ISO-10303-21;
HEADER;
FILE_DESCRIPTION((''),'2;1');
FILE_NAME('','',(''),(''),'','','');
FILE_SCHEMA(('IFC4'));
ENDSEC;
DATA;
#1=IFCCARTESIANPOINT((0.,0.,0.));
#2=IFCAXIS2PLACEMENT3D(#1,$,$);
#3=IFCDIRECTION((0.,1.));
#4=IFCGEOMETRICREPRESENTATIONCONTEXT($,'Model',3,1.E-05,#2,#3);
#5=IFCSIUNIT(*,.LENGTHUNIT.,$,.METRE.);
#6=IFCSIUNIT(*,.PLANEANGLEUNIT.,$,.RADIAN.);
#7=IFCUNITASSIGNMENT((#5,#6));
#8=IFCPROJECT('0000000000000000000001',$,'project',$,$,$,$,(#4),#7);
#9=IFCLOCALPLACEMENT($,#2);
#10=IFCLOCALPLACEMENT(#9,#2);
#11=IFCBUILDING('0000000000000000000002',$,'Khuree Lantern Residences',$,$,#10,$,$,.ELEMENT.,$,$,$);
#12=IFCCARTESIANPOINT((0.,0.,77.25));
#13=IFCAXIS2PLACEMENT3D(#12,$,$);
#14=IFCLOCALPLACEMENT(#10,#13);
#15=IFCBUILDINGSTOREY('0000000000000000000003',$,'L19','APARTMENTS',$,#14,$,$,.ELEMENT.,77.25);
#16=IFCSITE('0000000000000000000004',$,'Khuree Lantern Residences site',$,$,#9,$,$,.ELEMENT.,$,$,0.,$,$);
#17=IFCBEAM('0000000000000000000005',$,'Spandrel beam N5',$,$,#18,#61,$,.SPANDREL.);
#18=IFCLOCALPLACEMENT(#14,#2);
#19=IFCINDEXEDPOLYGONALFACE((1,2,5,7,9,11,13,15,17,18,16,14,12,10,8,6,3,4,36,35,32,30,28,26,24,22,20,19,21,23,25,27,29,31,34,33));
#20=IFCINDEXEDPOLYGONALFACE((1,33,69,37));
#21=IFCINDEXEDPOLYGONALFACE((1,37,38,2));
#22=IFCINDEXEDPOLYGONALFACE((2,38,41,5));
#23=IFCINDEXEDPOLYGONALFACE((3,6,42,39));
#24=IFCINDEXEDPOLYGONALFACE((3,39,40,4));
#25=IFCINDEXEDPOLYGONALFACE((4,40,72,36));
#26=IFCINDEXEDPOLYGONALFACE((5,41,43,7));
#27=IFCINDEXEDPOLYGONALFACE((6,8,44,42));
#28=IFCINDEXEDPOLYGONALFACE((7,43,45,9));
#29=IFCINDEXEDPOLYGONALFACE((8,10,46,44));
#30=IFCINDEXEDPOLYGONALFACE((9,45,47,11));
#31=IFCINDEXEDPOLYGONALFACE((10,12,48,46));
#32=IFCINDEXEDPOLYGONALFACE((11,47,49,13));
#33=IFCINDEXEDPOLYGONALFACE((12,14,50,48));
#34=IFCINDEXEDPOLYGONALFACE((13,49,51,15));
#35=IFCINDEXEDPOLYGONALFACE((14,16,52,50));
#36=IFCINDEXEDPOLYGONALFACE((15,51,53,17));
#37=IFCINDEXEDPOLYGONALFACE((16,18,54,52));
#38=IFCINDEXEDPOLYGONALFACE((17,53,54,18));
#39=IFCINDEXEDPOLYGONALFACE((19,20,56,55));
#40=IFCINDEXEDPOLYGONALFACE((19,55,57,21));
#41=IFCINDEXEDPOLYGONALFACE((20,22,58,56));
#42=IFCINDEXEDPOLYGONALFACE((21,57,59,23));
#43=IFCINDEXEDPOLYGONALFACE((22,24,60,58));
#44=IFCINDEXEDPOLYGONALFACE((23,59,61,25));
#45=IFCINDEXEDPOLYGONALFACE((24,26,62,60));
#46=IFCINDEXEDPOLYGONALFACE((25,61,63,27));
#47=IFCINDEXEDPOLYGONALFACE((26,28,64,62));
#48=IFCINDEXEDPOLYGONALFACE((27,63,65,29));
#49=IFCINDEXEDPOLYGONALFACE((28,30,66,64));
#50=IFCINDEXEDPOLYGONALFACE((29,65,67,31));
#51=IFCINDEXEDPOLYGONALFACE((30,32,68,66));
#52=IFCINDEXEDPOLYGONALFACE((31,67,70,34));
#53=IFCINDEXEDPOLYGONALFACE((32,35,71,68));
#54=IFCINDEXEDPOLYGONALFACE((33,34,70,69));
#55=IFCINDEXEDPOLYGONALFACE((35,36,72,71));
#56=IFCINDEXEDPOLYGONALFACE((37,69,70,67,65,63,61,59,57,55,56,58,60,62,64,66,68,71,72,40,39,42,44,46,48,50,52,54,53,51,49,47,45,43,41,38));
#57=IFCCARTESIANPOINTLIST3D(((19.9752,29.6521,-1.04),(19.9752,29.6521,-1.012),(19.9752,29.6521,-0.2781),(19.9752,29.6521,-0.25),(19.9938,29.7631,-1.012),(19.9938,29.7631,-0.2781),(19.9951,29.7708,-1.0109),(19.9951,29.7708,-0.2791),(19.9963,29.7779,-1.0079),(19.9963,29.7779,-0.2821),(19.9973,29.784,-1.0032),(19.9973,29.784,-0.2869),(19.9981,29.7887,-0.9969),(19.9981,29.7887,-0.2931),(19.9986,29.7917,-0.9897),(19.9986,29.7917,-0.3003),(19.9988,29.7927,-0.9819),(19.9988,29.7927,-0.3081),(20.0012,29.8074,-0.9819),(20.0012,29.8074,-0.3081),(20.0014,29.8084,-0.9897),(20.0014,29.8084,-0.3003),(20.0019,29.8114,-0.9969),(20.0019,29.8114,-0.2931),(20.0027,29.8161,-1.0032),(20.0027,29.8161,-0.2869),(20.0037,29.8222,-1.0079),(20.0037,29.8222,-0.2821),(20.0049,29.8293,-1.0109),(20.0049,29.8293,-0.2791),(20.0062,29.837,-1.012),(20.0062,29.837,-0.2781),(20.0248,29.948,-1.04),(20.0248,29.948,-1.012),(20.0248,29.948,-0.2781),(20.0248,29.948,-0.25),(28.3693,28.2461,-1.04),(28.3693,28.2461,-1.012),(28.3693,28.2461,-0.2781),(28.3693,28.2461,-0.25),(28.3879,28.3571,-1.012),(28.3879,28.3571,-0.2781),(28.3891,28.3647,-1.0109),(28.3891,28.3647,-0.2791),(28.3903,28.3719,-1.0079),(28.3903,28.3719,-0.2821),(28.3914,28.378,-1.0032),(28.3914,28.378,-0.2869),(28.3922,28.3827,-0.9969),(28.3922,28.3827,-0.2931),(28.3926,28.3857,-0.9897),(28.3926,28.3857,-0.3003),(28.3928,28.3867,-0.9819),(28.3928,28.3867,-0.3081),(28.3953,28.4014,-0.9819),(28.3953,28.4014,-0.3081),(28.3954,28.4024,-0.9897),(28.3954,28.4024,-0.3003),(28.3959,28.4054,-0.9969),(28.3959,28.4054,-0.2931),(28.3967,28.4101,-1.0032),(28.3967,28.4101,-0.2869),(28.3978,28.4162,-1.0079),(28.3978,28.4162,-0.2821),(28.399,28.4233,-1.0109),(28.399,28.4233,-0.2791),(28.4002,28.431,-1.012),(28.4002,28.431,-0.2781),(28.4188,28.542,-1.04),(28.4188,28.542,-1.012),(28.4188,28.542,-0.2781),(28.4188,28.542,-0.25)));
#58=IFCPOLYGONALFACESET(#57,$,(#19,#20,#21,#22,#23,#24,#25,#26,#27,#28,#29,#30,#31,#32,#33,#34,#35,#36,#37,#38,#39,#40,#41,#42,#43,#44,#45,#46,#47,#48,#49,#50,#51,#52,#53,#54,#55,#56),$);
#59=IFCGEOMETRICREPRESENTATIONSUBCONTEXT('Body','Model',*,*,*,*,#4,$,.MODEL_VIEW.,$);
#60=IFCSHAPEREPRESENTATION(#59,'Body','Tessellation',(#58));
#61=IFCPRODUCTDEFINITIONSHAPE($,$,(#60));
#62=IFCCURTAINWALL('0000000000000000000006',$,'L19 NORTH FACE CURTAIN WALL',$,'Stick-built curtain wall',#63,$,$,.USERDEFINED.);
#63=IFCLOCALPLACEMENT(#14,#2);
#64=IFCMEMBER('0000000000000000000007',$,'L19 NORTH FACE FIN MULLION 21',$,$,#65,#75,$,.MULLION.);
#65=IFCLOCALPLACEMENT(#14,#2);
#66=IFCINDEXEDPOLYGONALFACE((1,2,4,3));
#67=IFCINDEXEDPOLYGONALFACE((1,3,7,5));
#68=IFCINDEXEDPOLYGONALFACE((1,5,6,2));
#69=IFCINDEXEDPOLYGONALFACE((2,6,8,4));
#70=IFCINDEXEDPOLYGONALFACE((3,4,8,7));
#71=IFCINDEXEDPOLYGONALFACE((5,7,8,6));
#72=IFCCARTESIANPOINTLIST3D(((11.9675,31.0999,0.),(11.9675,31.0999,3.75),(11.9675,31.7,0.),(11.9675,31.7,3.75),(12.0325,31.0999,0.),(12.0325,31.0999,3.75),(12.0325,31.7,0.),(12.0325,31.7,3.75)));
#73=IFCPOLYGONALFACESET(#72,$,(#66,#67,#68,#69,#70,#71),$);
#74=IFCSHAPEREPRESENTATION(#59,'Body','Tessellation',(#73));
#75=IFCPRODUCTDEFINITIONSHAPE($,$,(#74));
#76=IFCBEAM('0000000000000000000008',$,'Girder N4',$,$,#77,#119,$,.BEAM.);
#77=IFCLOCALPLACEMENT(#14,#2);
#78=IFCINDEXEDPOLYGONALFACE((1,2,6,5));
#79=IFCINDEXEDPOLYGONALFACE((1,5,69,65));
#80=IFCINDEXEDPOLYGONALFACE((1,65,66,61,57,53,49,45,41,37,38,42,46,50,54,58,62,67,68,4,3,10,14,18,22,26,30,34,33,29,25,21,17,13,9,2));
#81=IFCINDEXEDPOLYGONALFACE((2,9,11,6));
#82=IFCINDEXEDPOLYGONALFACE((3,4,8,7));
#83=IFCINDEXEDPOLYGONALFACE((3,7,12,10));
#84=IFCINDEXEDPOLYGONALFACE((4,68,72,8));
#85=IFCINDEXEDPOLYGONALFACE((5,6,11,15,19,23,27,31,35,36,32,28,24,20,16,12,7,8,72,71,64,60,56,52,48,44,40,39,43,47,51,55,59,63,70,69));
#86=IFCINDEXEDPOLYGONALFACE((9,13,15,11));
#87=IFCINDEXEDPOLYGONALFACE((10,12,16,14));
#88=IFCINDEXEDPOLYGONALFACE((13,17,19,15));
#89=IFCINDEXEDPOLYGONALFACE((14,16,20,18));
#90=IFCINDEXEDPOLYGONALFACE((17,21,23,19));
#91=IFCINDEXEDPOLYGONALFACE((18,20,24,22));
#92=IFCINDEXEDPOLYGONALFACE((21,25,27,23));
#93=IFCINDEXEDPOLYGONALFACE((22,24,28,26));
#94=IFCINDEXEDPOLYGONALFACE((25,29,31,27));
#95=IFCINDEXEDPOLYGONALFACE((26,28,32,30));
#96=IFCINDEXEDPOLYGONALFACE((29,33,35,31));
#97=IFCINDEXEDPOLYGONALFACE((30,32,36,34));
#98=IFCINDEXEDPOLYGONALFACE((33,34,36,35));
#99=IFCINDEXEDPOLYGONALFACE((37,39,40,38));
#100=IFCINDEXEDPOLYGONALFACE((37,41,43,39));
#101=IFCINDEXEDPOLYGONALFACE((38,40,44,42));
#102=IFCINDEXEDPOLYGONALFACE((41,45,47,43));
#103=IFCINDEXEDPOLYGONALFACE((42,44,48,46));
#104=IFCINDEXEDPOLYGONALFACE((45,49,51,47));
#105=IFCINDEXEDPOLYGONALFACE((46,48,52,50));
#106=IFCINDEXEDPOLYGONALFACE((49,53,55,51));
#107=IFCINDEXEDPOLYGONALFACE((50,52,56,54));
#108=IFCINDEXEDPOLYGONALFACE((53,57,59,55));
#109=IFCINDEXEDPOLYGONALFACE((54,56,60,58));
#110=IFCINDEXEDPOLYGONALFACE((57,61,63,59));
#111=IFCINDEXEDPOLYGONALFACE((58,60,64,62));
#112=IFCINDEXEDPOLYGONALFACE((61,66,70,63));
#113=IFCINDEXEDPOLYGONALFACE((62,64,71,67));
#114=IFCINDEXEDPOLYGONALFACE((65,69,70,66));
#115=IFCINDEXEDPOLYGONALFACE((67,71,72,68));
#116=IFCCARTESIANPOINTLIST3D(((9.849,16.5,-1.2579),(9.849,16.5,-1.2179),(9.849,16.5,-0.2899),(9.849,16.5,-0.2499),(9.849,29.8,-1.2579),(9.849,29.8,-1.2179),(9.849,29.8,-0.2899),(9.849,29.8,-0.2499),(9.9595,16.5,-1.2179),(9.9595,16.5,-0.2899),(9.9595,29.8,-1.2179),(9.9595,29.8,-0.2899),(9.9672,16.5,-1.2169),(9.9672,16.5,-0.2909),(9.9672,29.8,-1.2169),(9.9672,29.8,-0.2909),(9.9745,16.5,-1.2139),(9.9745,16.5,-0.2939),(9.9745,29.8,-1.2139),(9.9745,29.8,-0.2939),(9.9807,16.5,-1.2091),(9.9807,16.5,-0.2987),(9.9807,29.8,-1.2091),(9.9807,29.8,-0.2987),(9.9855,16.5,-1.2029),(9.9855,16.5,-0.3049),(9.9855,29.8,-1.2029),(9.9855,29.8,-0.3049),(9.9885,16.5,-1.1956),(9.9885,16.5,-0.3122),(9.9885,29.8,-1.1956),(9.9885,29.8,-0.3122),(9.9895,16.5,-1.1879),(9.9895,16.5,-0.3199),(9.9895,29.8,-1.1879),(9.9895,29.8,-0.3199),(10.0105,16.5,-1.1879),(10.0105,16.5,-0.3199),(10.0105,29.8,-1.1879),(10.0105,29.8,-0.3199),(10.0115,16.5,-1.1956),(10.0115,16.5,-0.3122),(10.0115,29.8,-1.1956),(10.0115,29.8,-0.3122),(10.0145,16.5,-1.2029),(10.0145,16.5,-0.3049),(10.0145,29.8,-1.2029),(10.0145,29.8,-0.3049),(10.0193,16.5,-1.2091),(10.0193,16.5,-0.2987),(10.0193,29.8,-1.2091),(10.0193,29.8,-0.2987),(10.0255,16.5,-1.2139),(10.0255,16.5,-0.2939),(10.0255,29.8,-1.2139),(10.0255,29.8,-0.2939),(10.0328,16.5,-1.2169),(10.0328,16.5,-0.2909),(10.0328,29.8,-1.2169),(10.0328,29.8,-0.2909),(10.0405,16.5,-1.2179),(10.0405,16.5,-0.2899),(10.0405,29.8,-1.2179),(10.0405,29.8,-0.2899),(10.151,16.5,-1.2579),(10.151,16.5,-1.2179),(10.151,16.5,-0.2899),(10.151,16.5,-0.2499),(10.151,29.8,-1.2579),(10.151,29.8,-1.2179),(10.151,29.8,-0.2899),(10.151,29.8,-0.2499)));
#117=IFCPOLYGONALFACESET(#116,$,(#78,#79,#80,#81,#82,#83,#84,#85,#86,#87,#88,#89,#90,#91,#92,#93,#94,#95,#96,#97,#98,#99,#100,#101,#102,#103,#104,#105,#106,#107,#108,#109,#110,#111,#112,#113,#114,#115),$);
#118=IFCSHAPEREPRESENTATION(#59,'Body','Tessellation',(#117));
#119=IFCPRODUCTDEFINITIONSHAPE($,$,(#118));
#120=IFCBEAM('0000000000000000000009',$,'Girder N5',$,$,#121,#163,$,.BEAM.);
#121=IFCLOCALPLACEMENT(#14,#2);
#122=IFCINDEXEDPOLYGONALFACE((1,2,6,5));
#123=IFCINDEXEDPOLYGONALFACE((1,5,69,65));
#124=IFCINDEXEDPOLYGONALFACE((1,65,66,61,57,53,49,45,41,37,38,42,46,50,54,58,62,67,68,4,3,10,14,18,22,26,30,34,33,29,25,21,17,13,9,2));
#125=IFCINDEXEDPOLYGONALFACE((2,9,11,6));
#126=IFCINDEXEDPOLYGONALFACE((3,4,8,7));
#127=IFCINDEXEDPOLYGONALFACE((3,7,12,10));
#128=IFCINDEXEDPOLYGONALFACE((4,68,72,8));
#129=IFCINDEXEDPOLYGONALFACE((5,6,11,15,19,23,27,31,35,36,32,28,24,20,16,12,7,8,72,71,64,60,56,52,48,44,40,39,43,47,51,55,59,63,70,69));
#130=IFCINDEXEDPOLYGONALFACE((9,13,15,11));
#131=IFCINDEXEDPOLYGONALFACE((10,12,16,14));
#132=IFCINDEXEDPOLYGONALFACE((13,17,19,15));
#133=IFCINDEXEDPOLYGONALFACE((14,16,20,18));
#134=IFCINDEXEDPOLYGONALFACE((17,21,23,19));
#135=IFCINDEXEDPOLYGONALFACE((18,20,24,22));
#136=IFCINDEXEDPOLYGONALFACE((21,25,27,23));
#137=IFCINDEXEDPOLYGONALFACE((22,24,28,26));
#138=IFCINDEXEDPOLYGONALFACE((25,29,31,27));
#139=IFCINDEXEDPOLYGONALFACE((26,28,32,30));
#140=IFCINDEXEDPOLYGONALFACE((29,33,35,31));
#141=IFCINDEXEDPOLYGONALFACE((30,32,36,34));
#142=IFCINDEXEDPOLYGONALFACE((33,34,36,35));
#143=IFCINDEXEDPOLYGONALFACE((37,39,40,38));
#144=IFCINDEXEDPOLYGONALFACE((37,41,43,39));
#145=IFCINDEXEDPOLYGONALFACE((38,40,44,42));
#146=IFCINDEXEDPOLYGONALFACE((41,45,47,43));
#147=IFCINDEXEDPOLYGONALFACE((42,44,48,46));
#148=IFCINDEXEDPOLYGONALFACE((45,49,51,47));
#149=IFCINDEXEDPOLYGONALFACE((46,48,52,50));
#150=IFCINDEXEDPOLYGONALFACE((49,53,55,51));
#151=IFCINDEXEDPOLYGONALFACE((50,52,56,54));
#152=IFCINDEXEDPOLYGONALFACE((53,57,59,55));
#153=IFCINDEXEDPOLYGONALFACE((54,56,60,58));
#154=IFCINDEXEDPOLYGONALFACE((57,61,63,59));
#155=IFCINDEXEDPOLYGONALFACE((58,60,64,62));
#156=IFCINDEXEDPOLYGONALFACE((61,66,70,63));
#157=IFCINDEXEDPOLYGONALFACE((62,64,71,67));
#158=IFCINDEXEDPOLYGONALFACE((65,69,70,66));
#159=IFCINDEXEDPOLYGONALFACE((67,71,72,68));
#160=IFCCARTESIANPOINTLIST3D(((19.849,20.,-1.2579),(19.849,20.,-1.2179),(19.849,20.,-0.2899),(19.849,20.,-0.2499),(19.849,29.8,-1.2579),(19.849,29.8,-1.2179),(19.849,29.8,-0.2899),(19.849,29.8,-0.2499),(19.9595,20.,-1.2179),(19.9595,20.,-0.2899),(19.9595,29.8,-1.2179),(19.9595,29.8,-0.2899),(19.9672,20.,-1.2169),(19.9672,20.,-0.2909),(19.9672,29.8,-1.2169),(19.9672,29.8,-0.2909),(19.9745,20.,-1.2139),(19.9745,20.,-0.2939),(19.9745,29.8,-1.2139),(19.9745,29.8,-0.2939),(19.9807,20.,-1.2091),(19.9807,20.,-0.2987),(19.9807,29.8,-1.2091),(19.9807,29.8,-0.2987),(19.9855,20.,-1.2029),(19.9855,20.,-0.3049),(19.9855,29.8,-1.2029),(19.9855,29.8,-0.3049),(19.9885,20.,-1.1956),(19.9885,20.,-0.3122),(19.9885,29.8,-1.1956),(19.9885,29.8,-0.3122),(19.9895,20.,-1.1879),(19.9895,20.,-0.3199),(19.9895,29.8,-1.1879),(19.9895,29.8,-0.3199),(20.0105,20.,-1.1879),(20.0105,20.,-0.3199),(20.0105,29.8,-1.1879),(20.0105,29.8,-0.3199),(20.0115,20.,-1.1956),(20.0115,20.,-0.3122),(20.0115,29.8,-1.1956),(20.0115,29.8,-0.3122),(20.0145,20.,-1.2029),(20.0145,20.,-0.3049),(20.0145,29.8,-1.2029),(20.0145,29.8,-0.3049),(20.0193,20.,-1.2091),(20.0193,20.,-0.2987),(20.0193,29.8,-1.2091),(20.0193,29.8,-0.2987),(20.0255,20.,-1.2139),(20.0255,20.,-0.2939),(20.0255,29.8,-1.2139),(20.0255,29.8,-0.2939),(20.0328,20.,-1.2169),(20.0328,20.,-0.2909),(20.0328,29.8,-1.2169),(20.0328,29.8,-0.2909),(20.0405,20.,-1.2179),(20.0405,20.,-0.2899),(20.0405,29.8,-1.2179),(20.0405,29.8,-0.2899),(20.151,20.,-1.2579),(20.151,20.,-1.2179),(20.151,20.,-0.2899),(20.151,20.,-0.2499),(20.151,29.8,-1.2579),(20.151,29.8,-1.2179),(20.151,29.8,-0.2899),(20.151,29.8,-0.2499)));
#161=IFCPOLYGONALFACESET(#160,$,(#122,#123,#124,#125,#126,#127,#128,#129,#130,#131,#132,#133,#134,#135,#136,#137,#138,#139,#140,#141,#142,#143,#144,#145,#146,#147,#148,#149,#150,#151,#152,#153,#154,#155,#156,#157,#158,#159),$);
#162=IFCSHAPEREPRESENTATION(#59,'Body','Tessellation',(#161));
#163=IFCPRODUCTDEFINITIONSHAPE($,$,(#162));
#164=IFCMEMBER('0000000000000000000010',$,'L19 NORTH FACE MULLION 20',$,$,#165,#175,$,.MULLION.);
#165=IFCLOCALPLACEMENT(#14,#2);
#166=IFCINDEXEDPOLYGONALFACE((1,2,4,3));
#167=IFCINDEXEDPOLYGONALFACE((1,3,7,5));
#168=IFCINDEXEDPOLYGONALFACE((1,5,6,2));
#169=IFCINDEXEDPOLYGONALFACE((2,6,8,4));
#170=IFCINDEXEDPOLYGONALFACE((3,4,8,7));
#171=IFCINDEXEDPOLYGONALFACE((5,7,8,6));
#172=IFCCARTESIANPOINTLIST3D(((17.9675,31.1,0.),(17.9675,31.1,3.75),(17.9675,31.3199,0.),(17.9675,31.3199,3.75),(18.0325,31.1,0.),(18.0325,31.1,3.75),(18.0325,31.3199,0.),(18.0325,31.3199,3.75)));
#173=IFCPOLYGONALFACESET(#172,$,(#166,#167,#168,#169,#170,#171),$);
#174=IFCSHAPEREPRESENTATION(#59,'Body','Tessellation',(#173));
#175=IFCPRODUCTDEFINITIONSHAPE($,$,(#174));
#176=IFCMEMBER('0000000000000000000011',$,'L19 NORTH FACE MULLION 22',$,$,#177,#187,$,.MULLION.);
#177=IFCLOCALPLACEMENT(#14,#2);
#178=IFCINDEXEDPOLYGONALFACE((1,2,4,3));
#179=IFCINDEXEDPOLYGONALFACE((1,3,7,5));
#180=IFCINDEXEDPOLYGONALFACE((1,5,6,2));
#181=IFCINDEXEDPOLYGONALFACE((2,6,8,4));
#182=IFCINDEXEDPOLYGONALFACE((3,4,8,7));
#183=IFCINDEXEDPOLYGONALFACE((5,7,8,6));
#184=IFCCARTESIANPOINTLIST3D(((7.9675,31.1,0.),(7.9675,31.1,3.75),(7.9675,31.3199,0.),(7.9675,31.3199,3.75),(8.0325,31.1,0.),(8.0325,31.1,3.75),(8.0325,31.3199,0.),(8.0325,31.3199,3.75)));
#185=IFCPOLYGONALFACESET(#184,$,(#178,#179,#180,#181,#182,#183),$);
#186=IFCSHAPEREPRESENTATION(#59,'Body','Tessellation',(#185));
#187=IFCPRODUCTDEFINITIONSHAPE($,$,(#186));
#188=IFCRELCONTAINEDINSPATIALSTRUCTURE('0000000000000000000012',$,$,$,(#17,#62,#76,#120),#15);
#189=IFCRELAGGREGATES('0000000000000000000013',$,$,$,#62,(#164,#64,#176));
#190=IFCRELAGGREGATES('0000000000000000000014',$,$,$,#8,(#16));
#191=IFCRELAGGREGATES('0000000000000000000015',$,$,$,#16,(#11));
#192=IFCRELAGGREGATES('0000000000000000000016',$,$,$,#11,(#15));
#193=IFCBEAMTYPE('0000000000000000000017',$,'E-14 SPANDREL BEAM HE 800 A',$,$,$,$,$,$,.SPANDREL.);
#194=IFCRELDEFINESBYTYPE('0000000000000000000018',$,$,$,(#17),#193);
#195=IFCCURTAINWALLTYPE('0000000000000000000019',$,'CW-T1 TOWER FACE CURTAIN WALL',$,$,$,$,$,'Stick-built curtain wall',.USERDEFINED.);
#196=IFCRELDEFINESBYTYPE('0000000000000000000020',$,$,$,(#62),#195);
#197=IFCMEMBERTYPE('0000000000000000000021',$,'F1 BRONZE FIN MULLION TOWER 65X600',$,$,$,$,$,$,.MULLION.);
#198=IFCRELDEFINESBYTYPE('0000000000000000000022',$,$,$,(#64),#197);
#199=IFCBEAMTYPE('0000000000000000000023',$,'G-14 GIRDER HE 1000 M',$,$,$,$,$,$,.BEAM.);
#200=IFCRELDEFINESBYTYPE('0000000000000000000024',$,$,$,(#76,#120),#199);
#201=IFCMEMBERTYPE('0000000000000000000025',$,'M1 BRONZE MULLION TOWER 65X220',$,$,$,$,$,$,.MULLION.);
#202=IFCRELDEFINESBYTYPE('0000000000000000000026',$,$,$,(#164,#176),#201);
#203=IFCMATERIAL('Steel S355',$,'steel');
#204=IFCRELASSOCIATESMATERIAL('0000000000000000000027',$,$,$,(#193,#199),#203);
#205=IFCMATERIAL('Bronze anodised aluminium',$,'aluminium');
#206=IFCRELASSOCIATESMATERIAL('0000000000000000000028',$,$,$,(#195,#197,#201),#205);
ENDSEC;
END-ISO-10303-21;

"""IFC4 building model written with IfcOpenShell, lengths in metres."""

from ifc_helpers import new_model, si_unit, direction, frame, origin, origin_2d, place, context, subcontext, project, spatial, rectangle, i_section, extrude, material, material_profile, profile_set, type_object, element, aggregate, save


model = new_model("IFC4")

# Units and contexts
model_context = context("Model", 3, precision=1e-05, world=origin(), true_north=direction((0.0, 1.0)))
body_context = subcontext(model_context, "Body", "Model", "MODEL_VIEW")
ifc_project = project(units=[si_unit("LENGTHUNIT", "METRE"), si_unit("PLANEANGLEUNIT", "RADIAN")], contexts=[model_context])

# Site, building, storey
site_placement = place(None, origin())
site = spatial("IfcSite", under=ifc_project, at=site_placement, Name="Khuree Lantern Residences site", CompositionType="ELEMENT", RefElevation=0.0)
building_placement = place(site_placement, origin())
building = spatial("IfcBuilding", under=site, at=building_placement, Name="Khuree Lantern Residences", CompositionType="ELEMENT")
storey_placement = place(building_placement, frame((0.0, 0.0, 77.25)))
storey = spatial("IfcBuildingStorey", under=building, at=storey_placement, Name="L19", Description="APARTMENTS", CompositionType="ELEMENT", Elevation=77.25)

# Beam
ifc_material_1 = material(Name="Steel S355", Category="steel")
ifc_material_profile_1 = material_profile(ifc_material_1, i_section(OverallWidth=0.3, OverallDepth=0.79, WebThickness=0.0149, FlangeThickness=0.0281, FilletRadius=0.03, at=origin_2d()), Name="HE 800 A")
ifc_profile_set_1 = profile_set([ifc_material_profile_1], Name="Steel S355")
beam_type_1 = type_object("IfcBeamType", Name="E-14 SPANDREL BEAM HE 800 A", PredefinedType="SPANDREL", material=ifc_profile_set_1)
beam_1_placement = place(storey_placement, frame((20.0, 29.8, -0.645), z_axis=(0.98626, -0.165199, 0.0), x_axis=(0.165199, 0.98626, 0.0)))
element("IfcBeam", 1, at=beam_1_placement, inside=storey, type_object=beam_type_1, Name="Spandrel beam N5", PredefinedType="SPANDREL", context=body_context, shape_type="SweptSolid", body=[
    extrude(i_section(OverallWidth=0.3, OverallDepth=0.79, WebThickness=0.0149, FlangeThickness=0.0281, FilletRadius=0.03, at=origin_2d()), origin(), (0.0, 0.0, 1.0), 8.511),
])

# Curtain wall, member
ifc_material_2 = material(Name="Bronze anodised aluminium", Category="aluminium")
curtain_wall_type = type_object("IfcCurtainWallType", Name="CW-T1 TOWER FACE CURTAIN WALL", ElementType="Stick-built curtain wall", PredefinedType="USERDEFINED", material=ifc_material_2)
curtain_wall_placement = place(storey_placement, origin())
curtain_wall = element("IfcCurtainWall", 2, at=curtain_wall_placement, inside=storey, type_object=curtain_wall_type, Name="L19 NORTH FACE CURTAIN WALL", ObjectType="Stick-built curtain wall", PredefinedType="USERDEFINED")
ifc_material_profile_2 = material_profile(ifc_material_2, rectangle(XDim=0.0649, YDim=0.6001, at=origin_2d()), Name="F1 65X600")
ifc_profile_set_2 = profile_set([ifc_material_profile_2], Name="Bronze anodised aluminium")
member_type_1 = type_object("IfcMemberType", Name="F1 BRONZE FIN MULLION TOWER 65X600", PredefinedType="MULLION", material=ifc_profile_set_2)
member_1_placement = place(storey_placement, frame((12.0, 31.3999, 0.0), z_axis=(0.0, 0.0, 1.0), x_axis=(-1.0, 0.0, 0.0)))
member_1 = element("IfcMember", 3, at=member_1_placement, type_object=member_type_1, Name="L19 NORTH FACE FIN MULLION 21", PredefinedType="MULLION", context=body_context, shape_type="SweptSolid", body=[
    extrude(rectangle(XDim=0.0649, YDim=0.6001, at=origin_2d()), origin(), (0.0, 0.0, 1.0), 3.75),
])

# Beams
ifc_material_profile_3 = material_profile(ifc_material_1, i_section(OverallWidth=0.302, OverallDepth=1.0081, WebThickness=0.021, FlangeThickness=0.04, FilletRadius=0.03, at=origin_2d()), Name="HE 1000 M")
ifc_profile_set_3 = profile_set([ifc_material_profile_3], Name="Steel S355")
beam_type_2 = type_object("IfcBeamType", Name="G-14 GIRDER HE 1000 M", PredefinedType="BEAM", material=ifc_profile_set_3)
beam_2_placement = place(storey_placement, frame((10.0, 29.8, -0.7539), z_axis=(0.0, -1.0, 0.0), x_axis=(1.0, 0.0, 0.0)))
element("IfcBeam", 4, at=beam_2_placement, inside=storey, type_object=beam_type_2, Name="Girder N4", PredefinedType="BEAM", context=body_context, shape_type="SweptSolid", body=[
    extrude(i_section(OverallWidth=0.302, OverallDepth=1.0081, WebThickness=0.021, FlangeThickness=0.04, FilletRadius=0.03, at=origin_2d()), origin(), (0.0, 0.0, 1.0), 13.3),
])
beam_3_placement = place(storey_placement, frame((20.0, 29.8, -0.7539), z_axis=(0.0, -1.0, 0.0), x_axis=(1.0, 0.0, 0.0)))
element("IfcBeam", 5, at=beam_3_placement, inside=storey, type_object=beam_type_2, Name="Girder N5", PredefinedType="BEAM", context=body_context, shape_type="SweptSolid", body=[
    extrude(i_section(OverallWidth=0.302, OverallDepth=1.0081, WebThickness=0.021, FlangeThickness=0.04, FilletRadius=0.03, at=origin_2d()), origin(), (0.0, 0.0, 1.0), 9.8),
])

# Members
ifc_material_profile_4 = material_profile(ifc_material_2, rectangle(XDim=0.0649, YDim=0.22, at=origin_2d()), Name="M1 65X220")
ifc_profile_set_4 = profile_set([ifc_material_profile_4], Name="Bronze anodised aluminium")
member_type_2 = type_object("IfcMemberType", Name="M1 BRONZE MULLION TOWER 65X220", PredefinedType="MULLION", material=ifc_profile_set_4)
member_2_placement = place(storey_placement, frame((18.0, 31.21, 0.0), z_axis=(0.0, 0.0, 1.0), x_axis=(-1.0, 0.0, 0.0)))
member_2 = element("IfcMember", 6, at=member_2_placement, type_object=member_type_2, Name="L19 NORTH FACE MULLION 20", PredefinedType="MULLION", context=body_context, shape_type="SweptSolid", body=[
    extrude(rectangle(XDim=0.0649, YDim=0.22, at=origin_2d()), origin(), (0.0, 0.0, 1.0), 3.75),
])
member_3_placement = place(storey_placement, frame((8.0, 31.21, 0.0), z_axis=(0.0, 0.0, 1.0), x_axis=(-1.0, 0.0, 0.0)))
member_3 = element("IfcMember", 7, at=member_3_placement, type_object=member_type_2, Name="L19 NORTH FACE MULLION 22", PredefinedType="MULLION", context=body_context, shape_type="SweptSolid", body=[
    extrude(rectangle(XDim=0.0649, YDim=0.22, at=origin_2d()), origin(), (0.0, 0.0, 1.0), 3.75),
])

aggregate(curtain_wall, [member_2, member_1, member_3])

save(model, "model.ifc")
